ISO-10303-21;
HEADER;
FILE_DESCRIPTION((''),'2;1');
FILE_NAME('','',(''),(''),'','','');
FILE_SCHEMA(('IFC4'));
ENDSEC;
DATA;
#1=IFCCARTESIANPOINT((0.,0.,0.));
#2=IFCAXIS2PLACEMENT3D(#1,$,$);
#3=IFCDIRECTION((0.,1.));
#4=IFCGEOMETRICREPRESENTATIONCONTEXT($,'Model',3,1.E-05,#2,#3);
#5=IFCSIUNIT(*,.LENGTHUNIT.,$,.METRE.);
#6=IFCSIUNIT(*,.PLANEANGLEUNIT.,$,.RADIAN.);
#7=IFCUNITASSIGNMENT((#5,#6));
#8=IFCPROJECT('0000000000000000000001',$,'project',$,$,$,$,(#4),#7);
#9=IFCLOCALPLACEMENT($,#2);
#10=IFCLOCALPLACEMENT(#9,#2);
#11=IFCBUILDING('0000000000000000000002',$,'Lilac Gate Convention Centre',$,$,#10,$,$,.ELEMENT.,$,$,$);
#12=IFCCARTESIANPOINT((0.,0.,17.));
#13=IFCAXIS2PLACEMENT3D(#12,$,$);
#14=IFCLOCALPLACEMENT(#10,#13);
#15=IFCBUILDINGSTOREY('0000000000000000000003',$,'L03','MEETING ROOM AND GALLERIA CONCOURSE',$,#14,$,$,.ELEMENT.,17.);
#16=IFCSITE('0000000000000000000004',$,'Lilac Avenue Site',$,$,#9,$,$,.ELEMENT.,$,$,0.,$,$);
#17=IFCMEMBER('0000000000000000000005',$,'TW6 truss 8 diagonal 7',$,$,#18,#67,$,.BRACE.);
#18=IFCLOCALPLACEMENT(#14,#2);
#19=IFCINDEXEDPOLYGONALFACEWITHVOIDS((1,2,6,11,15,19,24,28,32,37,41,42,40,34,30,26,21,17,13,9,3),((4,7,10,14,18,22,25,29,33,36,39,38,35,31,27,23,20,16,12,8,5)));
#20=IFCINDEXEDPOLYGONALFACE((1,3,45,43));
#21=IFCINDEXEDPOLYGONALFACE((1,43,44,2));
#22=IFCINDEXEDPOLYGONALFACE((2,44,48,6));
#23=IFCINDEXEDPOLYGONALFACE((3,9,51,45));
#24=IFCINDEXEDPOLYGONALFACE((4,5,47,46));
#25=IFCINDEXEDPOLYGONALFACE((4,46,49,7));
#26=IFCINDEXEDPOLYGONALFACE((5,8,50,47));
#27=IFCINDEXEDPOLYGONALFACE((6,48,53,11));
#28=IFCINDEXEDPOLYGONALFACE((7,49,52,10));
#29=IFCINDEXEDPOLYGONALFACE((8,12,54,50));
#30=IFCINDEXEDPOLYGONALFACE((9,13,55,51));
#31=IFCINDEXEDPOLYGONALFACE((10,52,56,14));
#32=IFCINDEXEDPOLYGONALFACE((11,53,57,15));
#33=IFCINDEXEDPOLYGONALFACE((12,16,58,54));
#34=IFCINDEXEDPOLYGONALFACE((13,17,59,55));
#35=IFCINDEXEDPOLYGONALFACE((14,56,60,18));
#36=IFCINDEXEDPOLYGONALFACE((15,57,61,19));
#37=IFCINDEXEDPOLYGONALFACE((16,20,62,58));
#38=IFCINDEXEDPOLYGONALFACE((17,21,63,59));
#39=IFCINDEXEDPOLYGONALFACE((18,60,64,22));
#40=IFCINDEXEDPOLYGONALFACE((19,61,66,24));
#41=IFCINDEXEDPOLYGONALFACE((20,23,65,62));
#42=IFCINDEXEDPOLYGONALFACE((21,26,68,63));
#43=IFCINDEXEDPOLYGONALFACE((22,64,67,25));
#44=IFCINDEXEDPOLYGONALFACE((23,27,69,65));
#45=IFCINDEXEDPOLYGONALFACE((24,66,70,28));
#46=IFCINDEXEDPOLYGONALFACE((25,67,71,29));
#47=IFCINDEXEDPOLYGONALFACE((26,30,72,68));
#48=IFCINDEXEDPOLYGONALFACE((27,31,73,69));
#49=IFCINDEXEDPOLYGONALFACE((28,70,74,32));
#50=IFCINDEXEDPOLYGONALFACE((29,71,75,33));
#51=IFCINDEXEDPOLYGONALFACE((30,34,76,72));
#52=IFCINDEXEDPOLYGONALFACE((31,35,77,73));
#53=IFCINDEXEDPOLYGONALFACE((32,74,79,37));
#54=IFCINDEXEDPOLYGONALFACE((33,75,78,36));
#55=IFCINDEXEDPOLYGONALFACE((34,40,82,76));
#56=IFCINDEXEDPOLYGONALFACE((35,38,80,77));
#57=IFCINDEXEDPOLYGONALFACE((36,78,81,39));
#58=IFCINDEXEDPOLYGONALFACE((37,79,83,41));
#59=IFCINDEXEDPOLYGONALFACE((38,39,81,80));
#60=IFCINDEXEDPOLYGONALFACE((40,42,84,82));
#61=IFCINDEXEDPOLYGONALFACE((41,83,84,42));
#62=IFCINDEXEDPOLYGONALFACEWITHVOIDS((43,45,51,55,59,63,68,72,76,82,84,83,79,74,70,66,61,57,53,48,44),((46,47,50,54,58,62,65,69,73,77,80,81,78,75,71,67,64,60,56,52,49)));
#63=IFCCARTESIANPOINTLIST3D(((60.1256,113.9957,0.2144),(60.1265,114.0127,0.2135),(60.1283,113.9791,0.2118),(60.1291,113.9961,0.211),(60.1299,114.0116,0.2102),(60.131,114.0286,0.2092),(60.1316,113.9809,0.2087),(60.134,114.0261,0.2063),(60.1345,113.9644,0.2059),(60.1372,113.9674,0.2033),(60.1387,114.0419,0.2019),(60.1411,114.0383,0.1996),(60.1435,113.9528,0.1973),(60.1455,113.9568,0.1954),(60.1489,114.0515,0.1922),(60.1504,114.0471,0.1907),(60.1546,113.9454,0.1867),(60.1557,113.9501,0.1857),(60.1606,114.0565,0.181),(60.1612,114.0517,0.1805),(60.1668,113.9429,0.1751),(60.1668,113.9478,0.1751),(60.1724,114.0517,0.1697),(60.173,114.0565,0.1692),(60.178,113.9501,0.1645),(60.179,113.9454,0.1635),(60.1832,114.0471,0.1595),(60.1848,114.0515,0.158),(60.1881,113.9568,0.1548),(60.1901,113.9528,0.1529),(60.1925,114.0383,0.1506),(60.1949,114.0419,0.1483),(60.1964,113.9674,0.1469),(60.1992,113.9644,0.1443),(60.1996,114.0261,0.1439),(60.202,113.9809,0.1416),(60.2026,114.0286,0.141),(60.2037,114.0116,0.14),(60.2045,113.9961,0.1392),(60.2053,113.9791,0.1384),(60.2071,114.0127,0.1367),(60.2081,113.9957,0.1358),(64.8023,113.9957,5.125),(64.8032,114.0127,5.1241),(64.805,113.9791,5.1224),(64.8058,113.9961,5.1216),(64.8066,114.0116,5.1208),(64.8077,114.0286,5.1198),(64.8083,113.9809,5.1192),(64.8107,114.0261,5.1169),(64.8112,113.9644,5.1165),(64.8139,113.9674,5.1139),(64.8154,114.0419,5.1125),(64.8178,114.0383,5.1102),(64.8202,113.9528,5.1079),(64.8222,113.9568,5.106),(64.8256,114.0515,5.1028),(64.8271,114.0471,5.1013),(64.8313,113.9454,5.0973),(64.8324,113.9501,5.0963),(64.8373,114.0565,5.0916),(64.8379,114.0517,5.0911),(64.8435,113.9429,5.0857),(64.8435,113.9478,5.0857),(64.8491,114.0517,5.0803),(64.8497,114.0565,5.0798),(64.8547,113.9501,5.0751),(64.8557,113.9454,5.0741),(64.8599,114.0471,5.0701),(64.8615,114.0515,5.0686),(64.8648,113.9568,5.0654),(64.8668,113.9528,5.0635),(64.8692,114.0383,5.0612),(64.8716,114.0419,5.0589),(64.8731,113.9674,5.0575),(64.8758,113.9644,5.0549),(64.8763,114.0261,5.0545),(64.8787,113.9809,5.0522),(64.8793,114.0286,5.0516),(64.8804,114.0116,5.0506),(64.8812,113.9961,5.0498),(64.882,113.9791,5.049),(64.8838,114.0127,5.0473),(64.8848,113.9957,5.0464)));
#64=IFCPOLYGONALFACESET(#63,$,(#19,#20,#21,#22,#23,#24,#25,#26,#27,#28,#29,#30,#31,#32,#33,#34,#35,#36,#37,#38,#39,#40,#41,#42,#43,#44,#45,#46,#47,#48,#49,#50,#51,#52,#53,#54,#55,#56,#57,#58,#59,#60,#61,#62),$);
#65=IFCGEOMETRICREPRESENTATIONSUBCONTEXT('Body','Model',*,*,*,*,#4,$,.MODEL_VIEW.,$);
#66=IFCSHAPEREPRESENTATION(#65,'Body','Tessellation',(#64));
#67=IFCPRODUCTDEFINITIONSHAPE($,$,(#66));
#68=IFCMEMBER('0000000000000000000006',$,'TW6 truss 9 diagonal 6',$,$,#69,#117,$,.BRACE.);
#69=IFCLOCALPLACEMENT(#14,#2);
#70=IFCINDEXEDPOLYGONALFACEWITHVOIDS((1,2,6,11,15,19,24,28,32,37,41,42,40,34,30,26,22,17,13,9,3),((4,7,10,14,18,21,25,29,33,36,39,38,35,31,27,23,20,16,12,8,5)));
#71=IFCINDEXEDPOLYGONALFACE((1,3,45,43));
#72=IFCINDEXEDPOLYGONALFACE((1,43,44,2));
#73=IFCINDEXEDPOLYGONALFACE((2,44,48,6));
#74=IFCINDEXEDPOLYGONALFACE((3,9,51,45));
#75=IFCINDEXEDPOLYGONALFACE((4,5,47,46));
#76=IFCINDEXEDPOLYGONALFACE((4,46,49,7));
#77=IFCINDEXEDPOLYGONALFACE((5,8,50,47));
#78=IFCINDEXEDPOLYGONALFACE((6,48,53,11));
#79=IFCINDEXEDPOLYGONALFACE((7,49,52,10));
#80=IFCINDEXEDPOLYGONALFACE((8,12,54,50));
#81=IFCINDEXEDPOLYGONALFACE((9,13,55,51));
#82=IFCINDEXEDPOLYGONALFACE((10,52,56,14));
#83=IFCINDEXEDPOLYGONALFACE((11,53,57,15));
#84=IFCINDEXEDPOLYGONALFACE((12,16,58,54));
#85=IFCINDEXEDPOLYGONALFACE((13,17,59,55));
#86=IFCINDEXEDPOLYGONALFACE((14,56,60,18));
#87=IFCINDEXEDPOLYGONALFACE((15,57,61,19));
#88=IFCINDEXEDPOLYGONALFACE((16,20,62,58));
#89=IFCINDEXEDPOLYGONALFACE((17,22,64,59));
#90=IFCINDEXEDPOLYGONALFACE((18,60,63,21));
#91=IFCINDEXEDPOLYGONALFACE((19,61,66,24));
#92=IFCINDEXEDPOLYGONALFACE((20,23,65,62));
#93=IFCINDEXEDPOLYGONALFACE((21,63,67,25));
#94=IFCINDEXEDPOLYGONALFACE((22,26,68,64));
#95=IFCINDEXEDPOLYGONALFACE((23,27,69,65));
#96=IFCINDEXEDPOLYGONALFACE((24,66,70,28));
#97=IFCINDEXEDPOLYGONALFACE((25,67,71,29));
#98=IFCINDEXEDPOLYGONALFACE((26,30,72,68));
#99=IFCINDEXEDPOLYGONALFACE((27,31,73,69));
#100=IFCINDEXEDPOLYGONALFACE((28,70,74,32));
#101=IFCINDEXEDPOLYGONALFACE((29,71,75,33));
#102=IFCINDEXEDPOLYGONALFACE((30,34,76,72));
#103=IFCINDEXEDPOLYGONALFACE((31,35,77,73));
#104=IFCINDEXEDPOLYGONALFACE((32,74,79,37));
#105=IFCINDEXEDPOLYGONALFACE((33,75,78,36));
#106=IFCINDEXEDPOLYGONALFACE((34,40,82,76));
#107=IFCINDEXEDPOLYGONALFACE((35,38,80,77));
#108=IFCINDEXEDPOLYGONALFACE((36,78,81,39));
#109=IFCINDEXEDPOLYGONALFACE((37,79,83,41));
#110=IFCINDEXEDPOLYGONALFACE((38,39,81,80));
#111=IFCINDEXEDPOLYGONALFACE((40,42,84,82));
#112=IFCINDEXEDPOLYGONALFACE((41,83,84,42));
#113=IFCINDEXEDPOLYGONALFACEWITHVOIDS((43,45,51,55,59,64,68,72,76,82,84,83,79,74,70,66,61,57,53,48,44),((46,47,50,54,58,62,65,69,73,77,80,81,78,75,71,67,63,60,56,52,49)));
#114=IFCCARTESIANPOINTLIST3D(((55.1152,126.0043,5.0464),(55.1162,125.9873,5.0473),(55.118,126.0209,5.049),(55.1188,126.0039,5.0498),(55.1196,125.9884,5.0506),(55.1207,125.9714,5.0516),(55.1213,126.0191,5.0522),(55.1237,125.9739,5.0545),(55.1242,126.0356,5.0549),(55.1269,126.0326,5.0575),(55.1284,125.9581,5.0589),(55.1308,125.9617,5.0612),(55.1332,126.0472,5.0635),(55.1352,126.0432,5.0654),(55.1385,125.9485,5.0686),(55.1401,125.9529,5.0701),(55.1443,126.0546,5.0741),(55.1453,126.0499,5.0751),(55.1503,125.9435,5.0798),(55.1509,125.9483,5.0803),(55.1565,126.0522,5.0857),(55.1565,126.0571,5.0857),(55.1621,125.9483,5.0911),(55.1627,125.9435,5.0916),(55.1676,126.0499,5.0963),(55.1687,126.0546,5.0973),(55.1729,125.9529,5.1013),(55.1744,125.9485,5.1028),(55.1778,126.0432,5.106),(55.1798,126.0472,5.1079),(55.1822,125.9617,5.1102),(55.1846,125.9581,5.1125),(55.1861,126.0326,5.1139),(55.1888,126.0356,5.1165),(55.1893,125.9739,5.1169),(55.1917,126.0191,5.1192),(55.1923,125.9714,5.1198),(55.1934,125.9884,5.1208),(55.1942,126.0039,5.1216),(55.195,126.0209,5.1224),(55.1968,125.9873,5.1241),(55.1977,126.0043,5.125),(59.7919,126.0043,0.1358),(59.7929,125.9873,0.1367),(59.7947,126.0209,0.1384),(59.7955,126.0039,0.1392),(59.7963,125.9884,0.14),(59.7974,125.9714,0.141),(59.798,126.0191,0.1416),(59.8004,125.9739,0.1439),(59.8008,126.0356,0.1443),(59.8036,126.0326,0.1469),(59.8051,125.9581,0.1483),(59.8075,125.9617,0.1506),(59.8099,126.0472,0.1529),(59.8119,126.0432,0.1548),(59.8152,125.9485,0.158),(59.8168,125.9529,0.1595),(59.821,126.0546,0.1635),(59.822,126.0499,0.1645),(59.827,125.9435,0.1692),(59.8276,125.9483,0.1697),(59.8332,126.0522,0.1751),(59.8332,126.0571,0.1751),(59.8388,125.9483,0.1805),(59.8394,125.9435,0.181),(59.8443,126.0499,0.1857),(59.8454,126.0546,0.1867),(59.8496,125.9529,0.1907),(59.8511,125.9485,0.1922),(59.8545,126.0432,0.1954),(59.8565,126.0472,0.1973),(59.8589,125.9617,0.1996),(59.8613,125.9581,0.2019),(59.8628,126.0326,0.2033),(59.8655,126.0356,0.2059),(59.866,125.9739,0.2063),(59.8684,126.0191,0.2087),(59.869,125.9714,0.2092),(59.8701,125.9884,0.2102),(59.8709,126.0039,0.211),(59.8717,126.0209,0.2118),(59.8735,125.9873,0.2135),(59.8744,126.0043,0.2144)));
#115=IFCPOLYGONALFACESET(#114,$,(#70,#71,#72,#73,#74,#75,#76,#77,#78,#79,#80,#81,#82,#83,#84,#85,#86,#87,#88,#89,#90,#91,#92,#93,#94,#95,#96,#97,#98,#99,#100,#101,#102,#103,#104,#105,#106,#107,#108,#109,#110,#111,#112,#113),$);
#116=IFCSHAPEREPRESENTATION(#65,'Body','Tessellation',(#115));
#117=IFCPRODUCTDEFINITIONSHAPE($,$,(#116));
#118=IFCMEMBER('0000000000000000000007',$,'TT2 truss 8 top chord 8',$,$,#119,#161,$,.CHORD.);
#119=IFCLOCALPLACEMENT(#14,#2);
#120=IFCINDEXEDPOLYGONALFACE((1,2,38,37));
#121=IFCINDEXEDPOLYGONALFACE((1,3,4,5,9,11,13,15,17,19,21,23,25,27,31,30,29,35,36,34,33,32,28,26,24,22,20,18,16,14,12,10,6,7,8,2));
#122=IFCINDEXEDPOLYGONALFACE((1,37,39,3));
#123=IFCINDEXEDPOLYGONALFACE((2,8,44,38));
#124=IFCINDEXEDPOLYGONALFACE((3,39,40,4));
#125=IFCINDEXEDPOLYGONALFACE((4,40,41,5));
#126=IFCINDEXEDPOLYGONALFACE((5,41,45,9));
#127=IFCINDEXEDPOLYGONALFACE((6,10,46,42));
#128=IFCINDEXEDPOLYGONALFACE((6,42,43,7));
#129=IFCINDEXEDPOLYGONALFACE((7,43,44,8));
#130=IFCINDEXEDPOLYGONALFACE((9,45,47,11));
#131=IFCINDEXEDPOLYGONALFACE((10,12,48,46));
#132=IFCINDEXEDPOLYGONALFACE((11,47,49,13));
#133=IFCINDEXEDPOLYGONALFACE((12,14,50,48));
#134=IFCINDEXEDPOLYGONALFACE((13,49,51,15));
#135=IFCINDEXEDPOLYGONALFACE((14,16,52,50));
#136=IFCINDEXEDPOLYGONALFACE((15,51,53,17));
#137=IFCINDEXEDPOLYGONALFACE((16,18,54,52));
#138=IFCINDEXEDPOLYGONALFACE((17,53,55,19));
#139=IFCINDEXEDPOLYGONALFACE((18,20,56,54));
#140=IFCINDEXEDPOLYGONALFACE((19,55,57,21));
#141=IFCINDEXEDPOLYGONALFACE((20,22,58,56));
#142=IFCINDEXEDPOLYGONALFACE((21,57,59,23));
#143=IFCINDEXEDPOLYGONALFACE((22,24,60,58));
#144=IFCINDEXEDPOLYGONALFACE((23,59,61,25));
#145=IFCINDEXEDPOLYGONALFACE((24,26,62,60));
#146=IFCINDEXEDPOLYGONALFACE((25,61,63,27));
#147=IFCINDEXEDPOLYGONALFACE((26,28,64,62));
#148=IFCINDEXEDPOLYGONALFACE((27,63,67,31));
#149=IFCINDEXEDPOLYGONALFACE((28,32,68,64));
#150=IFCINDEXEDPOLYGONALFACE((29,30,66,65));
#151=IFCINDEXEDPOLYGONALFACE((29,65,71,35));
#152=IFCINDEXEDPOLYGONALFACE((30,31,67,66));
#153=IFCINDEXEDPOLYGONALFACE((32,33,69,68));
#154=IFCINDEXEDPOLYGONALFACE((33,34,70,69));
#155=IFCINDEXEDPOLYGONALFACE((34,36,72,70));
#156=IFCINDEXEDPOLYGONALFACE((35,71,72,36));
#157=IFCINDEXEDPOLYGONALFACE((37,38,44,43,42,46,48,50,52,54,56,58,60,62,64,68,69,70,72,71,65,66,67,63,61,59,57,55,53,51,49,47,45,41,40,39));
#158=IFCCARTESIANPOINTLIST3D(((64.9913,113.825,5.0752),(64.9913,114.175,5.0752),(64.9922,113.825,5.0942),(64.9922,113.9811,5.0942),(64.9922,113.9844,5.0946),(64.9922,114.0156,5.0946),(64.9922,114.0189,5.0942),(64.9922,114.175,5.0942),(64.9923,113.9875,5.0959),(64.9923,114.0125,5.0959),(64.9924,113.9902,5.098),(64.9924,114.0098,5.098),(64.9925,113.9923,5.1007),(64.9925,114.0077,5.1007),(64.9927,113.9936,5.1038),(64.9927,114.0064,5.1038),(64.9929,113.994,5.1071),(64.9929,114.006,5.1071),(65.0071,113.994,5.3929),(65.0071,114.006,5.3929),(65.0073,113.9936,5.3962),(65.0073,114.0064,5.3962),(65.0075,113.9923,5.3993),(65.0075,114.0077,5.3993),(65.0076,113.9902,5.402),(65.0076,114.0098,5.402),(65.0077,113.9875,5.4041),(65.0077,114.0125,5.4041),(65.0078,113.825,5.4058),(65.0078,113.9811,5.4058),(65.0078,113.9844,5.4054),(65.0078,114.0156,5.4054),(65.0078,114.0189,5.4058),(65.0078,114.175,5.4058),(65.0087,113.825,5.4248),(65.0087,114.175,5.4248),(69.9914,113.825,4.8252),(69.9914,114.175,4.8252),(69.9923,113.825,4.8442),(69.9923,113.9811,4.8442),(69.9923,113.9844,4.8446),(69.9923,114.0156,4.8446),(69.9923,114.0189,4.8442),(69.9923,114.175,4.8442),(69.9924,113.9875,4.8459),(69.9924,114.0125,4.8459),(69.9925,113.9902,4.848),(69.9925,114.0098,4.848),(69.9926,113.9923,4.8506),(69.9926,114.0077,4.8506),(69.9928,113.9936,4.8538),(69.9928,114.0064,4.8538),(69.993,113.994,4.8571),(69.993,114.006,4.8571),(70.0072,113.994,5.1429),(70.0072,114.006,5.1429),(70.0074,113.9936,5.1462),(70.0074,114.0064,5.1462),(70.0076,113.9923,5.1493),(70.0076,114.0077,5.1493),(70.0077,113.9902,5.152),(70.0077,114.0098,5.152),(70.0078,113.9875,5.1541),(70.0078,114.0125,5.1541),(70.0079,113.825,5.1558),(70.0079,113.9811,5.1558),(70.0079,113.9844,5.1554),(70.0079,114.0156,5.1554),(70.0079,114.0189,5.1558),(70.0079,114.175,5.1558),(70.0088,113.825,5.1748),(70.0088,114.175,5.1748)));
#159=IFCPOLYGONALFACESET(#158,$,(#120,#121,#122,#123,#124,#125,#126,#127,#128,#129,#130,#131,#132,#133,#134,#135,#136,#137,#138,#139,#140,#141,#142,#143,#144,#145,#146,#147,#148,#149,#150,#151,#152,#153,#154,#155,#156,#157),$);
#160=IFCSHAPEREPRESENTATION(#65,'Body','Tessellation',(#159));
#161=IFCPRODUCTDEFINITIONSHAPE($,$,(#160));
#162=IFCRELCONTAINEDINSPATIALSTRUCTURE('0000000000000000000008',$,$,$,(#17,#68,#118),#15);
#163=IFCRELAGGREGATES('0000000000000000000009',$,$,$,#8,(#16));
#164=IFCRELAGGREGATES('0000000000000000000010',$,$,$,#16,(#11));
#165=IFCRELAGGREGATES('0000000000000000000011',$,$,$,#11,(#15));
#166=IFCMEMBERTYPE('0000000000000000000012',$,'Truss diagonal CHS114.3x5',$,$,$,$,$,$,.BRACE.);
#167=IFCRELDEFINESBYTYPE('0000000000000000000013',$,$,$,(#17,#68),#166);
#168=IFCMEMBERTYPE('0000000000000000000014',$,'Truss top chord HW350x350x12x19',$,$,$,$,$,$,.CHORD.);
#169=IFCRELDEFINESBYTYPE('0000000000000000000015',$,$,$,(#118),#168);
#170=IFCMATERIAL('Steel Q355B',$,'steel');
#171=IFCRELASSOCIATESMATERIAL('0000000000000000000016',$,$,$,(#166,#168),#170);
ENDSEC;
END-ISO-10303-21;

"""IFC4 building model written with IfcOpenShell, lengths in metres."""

from ifc_helpers import new_model, si_unit, direction, frame, origin, origin_2d, place, context, subcontext, project, spatial, hollow_circle, i_section, extrude, material, material_profile, profile_set, type_object, element, save


model = new_model("IFC4")

# Units and contexts
model_context = context("Model", 3, precision=1e-05, world=origin(), true_north=direction((0.0, 1.0)))
body_context = subcontext(model_context, "Body", "Model", "MODEL_VIEW")
ifc_project = project(units=[si_unit("LENGTHUNIT", "METRE"), si_unit("PLANEANGLEUNIT", "RADIAN")], contexts=[model_context])

# Site, building, storey
site_placement = place(None, origin())
site = spatial("IfcSite", under=ifc_project, at=site_placement, Name="Lilac Avenue Site", CompositionType="ELEMENT", RefElevation=0.0)
building_placement = place(site_placement, origin())
building = spatial("IfcBuilding", under=site, at=building_placement, Name="Lilac Gate Convention Centre", CompositionType="ELEMENT")
storey_placement = place(building_placement, frame((0.0, 0.0, 17.0)))
storey = spatial("IfcBuildingStorey", under=building, at=storey_placement, Name="L03", Description="MEETING ROOM AND GALLERIA CONCOURSE", CompositionType="ELEMENT", Elevation=17.0)

# Members
ifc_material = material(Name="Steel Q355B", Category="steel")
ifc_material_profile_1 = material_profile(ifc_material, hollow_circle(Radius=0.0571, WallThickness=0.0049, at=origin_2d()), Name="CHS114.3x5")
ifc_profile_set_1 = profile_set([ifc_material_profile_1], Name="Steel Q355B")
member_type_1 = type_object("IfcMemberType", Name="Truss diagonal CHS114.3x5", PredefinedType="BRACE", material=ifc_profile_set_1)
for number, where, z_axis, x_axis, name in (
    (1, (64.8435, 114.0, 5.0857), (-0.689652, 0.0, -0.724141), (0.0, -1.0, 0.0), "TW6 truss 8 diagonal 7"),
    (2, (55.1565, 126.0, 5.0857), (0.689652, 0.0, -0.724141), (0.0, 1.0, 0.0), "TW6 truss 9 diagonal 6"),
):
    element("IfcMember", number, at=place(storey_placement, frame(where, z_axis=z_axis, x_axis=x_axis)), inside=storey, type_object=member_type_1, Name=name, PredefinedType="BRACE", context=body_context, shape_type="SweptSolid", body=[
        extrude(hollow_circle(Radius=0.0571, WallThickness=0.0049, at=origin_2d()), origin(), (0.0, 0.0, 1.0), 6.7812),
    ])
ifc_material_profile_2 = material_profile(ifc_material, i_section(OverallWidth=0.3501, OverallDepth=0.3501, WebThickness=0.012, FlangeThickness=0.019, FilletRadius=0.0129, at=origin_2d()), Name="HW350x350x12x19")
ifc_profile_set_2 = profile_set([ifc_material_profile_2], Name="Steel Q355B")
member_type_2 = type_object("IfcMemberType", Name="Truss top chord HW350x350x12x19", PredefinedType="CHORD", material=ifc_profile_set_2)
member_1_placement = place(storey_placement, frame((65.0, 114.0, 5.25), z_axis=(0.998752, 0.0, -0.049938), x_axis=(0.0, 1.0, 0.0)))
element("IfcMember", 3, at=member_1_placement, inside=storey, type_object=member_type_2, Name="TT2 truss 8 top chord 8", PredefinedType="CHORD", context=body_context, shape_type="SweptSolid", body=[
    extrude(i_section(OverallWidth=0.3501, OverallDepth=0.3501, WebThickness=0.012, FlangeThickness=0.019, FilletRadius=0.0129, at=origin_2d()), origin(), (0.0, 0.0, 1.0), 5.0063),
])

save(model, "model.ifc")
